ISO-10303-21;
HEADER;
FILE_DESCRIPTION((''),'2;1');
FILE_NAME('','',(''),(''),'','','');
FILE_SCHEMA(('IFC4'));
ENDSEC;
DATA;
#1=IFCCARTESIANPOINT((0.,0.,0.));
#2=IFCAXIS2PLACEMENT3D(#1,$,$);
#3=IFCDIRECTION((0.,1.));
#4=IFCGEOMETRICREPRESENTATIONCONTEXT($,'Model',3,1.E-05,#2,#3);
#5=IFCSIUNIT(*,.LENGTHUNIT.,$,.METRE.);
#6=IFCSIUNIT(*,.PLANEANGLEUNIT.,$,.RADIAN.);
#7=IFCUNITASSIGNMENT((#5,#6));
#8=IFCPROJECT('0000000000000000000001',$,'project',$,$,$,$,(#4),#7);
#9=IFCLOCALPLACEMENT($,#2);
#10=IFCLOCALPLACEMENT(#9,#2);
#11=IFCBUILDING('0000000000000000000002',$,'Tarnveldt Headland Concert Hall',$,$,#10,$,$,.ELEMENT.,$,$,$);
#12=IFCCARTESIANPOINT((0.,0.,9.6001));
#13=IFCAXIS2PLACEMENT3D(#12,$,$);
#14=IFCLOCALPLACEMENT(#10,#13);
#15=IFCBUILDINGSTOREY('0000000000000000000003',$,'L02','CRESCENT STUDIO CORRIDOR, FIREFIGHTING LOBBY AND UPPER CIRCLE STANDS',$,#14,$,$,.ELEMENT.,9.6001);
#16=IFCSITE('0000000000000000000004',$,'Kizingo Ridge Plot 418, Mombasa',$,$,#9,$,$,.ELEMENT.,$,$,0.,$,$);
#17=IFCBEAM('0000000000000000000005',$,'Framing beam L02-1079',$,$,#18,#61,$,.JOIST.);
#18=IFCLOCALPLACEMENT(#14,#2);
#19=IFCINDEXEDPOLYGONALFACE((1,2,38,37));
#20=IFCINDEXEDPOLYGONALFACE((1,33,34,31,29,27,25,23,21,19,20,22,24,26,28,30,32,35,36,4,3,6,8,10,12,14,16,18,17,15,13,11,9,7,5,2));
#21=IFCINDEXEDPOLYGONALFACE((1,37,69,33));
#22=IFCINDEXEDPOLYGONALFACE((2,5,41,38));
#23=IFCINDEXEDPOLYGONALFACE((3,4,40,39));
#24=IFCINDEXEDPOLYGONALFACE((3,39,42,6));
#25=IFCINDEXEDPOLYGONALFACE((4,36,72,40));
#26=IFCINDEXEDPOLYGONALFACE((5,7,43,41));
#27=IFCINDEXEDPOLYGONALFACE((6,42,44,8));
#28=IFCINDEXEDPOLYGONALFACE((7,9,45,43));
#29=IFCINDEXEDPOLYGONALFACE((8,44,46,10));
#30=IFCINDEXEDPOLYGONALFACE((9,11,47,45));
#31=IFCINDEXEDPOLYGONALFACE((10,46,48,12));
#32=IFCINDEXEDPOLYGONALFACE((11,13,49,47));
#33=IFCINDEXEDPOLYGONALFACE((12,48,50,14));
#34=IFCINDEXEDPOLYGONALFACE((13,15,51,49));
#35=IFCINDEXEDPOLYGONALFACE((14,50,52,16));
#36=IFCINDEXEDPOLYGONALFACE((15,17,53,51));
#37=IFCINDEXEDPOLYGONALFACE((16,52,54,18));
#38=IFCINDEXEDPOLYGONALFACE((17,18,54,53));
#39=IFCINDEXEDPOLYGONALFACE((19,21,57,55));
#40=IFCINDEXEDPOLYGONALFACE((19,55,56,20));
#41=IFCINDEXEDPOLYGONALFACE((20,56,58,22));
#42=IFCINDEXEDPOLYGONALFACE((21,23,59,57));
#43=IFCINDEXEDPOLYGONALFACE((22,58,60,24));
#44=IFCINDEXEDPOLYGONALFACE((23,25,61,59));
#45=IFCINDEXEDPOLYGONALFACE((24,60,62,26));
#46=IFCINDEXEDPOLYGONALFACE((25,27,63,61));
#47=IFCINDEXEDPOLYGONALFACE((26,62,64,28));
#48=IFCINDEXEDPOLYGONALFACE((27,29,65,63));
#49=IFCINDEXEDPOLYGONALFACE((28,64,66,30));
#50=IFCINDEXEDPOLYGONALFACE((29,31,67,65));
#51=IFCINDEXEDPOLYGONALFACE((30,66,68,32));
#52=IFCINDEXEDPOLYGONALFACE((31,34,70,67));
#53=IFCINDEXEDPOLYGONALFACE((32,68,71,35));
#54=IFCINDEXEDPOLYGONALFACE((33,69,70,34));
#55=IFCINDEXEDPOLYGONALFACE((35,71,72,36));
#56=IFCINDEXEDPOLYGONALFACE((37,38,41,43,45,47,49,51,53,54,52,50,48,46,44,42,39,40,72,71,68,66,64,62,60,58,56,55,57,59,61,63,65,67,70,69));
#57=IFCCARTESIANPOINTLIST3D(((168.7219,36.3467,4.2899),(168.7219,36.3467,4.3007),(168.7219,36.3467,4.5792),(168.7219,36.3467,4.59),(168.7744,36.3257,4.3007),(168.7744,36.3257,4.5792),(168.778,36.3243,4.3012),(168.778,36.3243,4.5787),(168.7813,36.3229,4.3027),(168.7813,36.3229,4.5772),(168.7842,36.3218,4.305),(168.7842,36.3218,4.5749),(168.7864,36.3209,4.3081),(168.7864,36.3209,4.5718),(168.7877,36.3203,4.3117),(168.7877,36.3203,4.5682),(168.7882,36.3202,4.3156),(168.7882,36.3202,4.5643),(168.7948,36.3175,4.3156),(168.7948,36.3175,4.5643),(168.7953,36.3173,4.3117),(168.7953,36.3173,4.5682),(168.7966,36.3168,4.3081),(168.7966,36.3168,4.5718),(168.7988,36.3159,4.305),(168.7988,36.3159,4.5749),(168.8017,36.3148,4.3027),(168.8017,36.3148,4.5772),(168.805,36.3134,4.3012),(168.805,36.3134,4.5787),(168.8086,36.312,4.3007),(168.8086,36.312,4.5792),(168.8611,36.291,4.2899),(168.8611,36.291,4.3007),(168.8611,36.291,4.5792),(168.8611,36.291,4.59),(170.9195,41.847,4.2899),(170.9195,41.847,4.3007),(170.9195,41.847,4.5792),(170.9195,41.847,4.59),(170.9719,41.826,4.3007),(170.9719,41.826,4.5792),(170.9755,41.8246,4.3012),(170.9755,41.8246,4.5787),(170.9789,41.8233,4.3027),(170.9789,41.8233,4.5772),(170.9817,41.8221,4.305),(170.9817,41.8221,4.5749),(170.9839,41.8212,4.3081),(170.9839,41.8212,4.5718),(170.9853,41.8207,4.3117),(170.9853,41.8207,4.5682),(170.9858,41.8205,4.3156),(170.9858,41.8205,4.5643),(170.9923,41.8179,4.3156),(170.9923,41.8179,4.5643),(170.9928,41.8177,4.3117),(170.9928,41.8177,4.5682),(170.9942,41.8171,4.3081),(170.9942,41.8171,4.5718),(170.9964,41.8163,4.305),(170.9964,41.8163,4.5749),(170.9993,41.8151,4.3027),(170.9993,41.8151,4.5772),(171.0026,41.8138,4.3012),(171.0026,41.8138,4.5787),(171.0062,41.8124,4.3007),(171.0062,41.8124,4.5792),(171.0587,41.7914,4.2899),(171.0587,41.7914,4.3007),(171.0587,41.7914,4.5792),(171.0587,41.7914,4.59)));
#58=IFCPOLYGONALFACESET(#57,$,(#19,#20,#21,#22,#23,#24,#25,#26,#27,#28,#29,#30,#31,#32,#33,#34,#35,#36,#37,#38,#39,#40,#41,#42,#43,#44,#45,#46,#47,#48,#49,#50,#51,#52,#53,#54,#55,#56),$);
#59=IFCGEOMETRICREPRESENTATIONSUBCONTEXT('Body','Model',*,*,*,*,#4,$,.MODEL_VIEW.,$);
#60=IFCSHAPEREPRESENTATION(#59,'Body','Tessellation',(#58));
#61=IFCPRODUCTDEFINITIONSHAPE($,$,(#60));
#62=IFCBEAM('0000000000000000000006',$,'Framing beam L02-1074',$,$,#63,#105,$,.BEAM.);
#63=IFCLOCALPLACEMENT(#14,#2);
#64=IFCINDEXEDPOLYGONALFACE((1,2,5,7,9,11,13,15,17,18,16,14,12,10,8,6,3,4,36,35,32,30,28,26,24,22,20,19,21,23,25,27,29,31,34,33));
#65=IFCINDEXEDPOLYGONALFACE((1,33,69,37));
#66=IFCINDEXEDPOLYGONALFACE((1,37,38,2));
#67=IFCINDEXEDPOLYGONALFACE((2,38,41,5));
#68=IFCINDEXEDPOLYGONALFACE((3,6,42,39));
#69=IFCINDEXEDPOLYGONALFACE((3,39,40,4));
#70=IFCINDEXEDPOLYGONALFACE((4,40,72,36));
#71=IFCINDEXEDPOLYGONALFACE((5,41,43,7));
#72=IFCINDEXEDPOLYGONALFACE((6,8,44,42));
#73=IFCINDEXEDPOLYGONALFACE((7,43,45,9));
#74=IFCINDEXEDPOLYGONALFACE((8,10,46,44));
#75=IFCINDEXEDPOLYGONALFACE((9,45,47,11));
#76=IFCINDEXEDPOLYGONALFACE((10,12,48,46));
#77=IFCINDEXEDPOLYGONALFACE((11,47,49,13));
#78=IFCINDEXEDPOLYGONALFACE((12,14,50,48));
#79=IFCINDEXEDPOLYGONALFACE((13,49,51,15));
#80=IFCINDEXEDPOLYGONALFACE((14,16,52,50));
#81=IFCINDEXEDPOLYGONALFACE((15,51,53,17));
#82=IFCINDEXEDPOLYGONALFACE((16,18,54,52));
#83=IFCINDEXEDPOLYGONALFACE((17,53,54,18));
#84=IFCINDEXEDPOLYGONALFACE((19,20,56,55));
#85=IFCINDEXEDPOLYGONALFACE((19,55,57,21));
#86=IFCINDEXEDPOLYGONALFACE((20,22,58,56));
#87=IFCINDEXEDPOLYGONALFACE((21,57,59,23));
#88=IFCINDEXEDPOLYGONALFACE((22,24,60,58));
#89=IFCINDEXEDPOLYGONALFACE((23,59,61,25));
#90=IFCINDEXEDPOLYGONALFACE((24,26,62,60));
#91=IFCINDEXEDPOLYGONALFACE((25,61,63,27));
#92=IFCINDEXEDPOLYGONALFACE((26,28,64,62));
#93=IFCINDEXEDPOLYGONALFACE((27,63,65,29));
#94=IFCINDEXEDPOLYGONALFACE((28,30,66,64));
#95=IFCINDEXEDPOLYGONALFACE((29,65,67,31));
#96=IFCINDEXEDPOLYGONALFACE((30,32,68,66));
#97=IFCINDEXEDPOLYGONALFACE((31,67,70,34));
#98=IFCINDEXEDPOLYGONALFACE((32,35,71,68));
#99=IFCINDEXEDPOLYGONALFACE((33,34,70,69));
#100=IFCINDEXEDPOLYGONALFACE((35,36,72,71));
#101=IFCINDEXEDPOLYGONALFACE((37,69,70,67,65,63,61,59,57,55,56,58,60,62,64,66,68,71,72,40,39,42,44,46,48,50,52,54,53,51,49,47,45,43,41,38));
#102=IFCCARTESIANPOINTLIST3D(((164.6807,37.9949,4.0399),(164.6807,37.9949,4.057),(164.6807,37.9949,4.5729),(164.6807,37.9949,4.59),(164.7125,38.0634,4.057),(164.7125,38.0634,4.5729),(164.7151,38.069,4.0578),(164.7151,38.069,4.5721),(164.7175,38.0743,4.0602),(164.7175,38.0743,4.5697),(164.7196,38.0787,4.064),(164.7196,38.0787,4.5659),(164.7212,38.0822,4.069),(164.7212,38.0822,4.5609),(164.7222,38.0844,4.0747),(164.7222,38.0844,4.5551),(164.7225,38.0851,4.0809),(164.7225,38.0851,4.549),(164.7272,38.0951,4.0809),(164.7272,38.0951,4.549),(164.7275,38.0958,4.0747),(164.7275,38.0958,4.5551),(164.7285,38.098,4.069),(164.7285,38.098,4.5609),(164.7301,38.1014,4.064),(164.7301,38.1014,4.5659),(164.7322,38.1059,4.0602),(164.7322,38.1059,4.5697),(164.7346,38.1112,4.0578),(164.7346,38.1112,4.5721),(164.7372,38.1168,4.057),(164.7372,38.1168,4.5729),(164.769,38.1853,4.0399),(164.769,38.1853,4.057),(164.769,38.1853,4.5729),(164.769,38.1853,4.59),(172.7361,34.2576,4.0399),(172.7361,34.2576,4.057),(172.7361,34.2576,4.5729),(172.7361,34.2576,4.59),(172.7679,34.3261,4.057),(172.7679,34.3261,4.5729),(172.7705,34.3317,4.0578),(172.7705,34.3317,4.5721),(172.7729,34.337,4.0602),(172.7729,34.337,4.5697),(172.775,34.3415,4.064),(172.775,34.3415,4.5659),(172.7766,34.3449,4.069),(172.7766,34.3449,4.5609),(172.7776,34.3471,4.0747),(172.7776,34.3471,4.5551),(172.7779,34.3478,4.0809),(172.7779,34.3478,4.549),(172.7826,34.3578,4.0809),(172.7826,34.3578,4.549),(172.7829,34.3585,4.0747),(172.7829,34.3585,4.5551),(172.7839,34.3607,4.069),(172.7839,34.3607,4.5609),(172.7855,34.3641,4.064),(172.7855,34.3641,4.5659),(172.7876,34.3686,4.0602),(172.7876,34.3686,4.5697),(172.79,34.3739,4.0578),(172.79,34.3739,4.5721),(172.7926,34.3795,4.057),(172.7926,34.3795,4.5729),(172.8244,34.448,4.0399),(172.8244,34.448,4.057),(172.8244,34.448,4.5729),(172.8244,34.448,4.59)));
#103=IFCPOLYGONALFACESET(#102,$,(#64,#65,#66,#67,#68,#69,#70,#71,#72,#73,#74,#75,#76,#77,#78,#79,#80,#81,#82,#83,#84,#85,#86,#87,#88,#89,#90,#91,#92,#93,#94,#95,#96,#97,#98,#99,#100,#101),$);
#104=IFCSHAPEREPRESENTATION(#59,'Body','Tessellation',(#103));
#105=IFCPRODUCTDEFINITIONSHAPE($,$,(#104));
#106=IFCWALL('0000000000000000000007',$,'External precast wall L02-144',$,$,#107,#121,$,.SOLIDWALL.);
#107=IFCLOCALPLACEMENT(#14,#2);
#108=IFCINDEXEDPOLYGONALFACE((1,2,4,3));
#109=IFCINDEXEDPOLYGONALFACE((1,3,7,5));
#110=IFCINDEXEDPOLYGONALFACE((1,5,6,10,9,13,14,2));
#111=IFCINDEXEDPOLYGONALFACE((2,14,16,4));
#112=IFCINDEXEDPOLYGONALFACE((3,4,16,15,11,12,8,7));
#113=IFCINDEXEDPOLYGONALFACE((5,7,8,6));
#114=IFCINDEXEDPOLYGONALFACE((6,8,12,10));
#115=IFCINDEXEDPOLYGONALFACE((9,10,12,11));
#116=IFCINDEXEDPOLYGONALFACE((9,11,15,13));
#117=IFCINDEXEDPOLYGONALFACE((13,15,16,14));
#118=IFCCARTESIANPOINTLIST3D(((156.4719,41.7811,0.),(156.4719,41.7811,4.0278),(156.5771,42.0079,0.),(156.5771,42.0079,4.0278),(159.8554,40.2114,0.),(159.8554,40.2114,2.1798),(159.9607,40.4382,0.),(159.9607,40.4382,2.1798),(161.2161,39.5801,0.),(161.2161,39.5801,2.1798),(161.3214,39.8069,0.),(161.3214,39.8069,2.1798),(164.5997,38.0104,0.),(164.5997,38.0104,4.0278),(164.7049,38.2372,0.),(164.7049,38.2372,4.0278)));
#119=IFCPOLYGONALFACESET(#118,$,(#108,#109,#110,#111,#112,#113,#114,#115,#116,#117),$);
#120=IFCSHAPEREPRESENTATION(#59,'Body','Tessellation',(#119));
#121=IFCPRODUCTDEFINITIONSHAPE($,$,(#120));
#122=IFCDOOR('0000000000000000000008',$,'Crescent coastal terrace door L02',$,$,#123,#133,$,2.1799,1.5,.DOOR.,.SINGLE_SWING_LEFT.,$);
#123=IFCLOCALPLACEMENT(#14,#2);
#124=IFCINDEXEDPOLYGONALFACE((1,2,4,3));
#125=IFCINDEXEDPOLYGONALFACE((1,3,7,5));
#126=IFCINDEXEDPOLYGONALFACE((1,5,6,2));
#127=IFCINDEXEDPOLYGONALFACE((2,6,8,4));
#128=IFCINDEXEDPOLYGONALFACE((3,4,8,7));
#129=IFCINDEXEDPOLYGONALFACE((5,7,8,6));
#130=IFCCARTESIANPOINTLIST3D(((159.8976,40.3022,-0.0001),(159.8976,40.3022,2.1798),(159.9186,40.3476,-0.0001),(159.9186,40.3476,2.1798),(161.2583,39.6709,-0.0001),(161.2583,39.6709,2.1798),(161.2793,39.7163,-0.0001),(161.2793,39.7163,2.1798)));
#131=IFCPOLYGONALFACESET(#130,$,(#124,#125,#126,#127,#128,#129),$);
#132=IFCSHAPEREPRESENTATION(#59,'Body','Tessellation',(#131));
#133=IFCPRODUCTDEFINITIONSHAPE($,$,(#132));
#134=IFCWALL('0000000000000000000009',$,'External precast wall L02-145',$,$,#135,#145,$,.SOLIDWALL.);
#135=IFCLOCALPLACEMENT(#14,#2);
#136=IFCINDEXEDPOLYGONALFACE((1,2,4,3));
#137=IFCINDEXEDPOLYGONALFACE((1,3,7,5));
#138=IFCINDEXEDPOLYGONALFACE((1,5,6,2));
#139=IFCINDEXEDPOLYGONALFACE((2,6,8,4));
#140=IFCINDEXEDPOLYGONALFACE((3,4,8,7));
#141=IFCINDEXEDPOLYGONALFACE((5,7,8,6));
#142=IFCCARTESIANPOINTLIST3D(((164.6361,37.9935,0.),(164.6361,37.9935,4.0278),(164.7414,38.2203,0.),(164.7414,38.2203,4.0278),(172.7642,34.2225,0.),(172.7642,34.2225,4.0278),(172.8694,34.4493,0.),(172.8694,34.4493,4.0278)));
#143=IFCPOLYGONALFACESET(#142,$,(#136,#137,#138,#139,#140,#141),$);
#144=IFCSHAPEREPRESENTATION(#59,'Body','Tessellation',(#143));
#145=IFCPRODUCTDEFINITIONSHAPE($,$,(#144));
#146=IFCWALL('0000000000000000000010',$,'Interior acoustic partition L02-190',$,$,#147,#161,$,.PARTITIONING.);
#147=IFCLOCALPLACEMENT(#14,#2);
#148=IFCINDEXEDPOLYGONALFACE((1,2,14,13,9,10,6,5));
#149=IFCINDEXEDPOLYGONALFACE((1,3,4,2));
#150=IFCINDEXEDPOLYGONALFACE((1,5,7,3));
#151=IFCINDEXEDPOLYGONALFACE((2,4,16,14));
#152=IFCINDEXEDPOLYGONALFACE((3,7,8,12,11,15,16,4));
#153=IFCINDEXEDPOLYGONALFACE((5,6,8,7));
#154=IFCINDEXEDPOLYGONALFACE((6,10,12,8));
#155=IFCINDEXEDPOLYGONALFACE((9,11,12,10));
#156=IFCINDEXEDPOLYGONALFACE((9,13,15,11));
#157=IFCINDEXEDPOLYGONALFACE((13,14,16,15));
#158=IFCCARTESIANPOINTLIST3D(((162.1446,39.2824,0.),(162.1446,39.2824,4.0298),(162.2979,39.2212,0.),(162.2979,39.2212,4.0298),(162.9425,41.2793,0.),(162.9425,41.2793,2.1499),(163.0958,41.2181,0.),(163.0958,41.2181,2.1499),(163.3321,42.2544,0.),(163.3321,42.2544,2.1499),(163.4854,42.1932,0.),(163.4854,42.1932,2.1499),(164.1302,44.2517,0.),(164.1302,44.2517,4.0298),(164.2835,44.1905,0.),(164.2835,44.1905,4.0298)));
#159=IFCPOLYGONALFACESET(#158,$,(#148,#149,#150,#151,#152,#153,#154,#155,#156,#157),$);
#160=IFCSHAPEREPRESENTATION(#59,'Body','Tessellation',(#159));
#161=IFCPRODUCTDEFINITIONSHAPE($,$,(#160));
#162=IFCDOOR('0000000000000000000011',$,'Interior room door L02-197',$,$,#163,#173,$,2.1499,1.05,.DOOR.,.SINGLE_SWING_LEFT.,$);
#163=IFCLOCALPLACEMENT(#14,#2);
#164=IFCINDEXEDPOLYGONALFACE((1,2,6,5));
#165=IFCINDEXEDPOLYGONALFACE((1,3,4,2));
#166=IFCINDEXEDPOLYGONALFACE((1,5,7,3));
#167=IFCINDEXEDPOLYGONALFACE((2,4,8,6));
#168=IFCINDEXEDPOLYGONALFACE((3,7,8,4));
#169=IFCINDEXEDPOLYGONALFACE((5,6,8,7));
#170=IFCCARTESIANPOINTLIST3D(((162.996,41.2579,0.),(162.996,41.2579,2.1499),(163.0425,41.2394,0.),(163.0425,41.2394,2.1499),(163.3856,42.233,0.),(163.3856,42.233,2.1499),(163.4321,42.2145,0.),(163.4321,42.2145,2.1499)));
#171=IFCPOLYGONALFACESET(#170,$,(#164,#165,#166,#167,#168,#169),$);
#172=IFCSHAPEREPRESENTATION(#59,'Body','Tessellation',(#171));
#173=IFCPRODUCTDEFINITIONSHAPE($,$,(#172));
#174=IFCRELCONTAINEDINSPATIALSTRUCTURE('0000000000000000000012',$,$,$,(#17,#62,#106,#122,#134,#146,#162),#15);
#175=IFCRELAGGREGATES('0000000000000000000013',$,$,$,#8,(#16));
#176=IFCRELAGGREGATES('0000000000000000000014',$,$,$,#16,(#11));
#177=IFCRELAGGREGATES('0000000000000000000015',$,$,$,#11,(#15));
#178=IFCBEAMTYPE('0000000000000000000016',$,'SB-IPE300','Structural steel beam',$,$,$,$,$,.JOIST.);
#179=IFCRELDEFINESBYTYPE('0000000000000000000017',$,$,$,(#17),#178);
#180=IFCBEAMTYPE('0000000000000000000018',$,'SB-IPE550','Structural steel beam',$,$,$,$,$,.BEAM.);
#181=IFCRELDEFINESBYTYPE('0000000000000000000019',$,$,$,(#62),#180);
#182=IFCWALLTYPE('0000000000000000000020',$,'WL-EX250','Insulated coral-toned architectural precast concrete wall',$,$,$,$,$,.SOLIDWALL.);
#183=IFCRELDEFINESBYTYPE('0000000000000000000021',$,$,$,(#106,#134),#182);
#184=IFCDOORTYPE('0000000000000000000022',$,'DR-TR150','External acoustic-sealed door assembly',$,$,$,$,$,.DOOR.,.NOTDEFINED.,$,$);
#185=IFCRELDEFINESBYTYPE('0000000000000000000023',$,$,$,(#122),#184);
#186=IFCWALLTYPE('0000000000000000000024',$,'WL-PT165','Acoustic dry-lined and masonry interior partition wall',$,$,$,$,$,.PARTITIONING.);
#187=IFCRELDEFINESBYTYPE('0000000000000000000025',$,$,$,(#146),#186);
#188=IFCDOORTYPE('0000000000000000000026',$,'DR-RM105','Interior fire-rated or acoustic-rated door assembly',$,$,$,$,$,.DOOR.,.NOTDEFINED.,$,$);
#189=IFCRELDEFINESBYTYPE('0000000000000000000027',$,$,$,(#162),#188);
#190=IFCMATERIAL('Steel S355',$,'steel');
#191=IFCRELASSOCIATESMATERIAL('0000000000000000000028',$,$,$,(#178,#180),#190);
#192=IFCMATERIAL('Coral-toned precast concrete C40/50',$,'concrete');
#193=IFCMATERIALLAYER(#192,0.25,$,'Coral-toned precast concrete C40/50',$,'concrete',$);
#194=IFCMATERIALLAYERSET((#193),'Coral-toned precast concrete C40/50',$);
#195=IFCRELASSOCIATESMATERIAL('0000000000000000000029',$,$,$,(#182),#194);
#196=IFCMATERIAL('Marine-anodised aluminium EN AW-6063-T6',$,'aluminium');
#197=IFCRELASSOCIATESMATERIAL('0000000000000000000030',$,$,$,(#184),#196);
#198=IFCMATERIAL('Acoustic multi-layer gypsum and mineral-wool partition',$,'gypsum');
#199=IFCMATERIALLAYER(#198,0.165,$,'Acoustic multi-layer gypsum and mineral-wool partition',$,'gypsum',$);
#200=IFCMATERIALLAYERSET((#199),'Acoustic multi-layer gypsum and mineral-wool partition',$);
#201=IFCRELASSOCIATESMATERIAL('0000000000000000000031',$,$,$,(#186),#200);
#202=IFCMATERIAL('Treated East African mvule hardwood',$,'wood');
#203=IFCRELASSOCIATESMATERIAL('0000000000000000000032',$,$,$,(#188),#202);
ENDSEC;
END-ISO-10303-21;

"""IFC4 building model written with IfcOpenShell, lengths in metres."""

from ifc_helpers import new_model, si_unit, direction, frame, frame_2d, origin, origin_2d, place, context, subcontext, project, spatial, rectangle, i_section, extrude, material, layer, layer_set, material_profile, profile_set, type_object, element, fill, save


model = new_model("IFC4")

# Units and contexts
model_context = context("Model", 3, precision=1e-05, world=origin(), true_north=direction((0.0, 1.0)))
body_context = subcontext(model_context, "Body", "Model", "MODEL_VIEW")
ifc_project = project(units=[si_unit("LENGTHUNIT", "METRE"), si_unit("PLANEANGLEUNIT", "RADIAN")], contexts=[model_context])

# Site, building, storey
site_placement = place(None, origin())
site = spatial("IfcSite", under=ifc_project, at=site_placement, Name="Kizingo Ridge Plot 418, Mombasa", CompositionType="ELEMENT", RefElevation=0.0)
building_placement = place(site_placement, origin())
building = spatial("IfcBuilding", under=site, at=building_placement, Name="Tarnveldt Headland Concert Hall", CompositionType="ELEMENT")
storey_placement = place(building_placement, frame((0.0, 0.0, 9.6001)))
storey = spatial("IfcBuildingStorey", under=building, at=storey_placement, Name="L02", Description="CRESCENT STUDIO CORRIDOR, FIREFIGHTING LOBBY AND UPPER CIRCLE STANDS", CompositionType="ELEMENT", Elevation=9.6001)

# Shared definitions
ifc_material_1 = material(Name="Steel S355", Category="steel")

# Beams
ifc_material_profile_1 = material_profile(ifc_material_1, i_section(OverallWidth=0.1499, OverallDepth=0.3, WebThickness=0.0071, FlangeThickness=0.0107, FilletRadius=0.0149, at=origin_2d()), Name="IPE300", Category="steel")
ifc_profile_set_1 = profile_set([ifc_material_profile_1], Name="Steel S355")
beam_type_1 = type_object("IfcBeamType", Name="SB-IPE300", Description="Structural steel beam", PredefinedType="JOIST", material=ifc_profile_set_1)
beam_1_placement = place(storey_placement, frame((168.7915, 36.3188, 4.4399), z_axis=(0.371014, 0.928627, 0.0), x_axis=(-0.928627, 0.371014, 0.0)))
element("IfcBeam", 1, at=beam_1_placement, inside=storey, type_object=beam_type_1, Name="Framing beam L02-1079", PredefinedType="JOIST", context=body_context, shape_type="SweptSolid", body=[
    extrude(i_section(OverallWidth=0.1499, OverallDepth=0.3, WebThickness=0.0071, FlangeThickness=0.0107, FilletRadius=0.0149, at=origin_2d()), origin(), (0.0, 0.0, 1.0), 5.9231),
])
ifc_material_profile_2 = material_profile(ifc_material_1, i_section(OverallWidth=0.21, OverallDepth=0.55, WebThickness=0.011, FlangeThickness=0.0171, FilletRadius=0.0239, at=origin_2d()), Name="IPE550", Category="steel")
ifc_profile_set_2 = profile_set([ifc_material_profile_2], Name="Steel S355")
beam_type_2 = type_object("IfcBeamType", Name="SB-IPE550", Description="Structural steel beam", PredefinedType="BEAM", material=ifc_profile_set_2)
beam_2_placement = place(storey_placement, frame((164.7249, 38.0901, 4.3149), z_axis=(0.907126, -0.42086, 0.0), x_axis=(0.42086, 0.907126, 0.0)))
element("IfcBeam", 2, at=beam_2_placement, inside=storey, type_object=beam_type_2, Name="Framing beam L02-1074", PredefinedType="BEAM", context=body_context, shape_type="SweptSolid", body=[
    extrude(i_section(OverallWidth=0.21, OverallDepth=0.55, WebThickness=0.011, FlangeThickness=0.0171, FilletRadius=0.0239, at=origin_2d()), origin(), (0.0, 0.0, 1.0), 8.8801),
])

# Wall, opening, door
ifc_material_2 = material(Name="Coral-toned precast concrete C40/50", Category="concrete")
ifc_layer_1 = layer(ifc_material_2, 0.25, Name="Coral-toned precast concrete C40/50", Category="concrete")
ifc_layer_set_1 = layer_set([ifc_layer_1], Name="Coral-toned precast concrete C40/50")
wall_type_1 = type_object("IfcWallType", Name="WL-EX250", Description="Insulated coral-toned architectural precast concrete wall", PredefinedType="SOLIDWALL", material=ifc_layer_set_1)
wall_1_placement = place(storey_placement, frame((164.6523, 38.1238, 0.0), z_axis=(0.0, 0.0, 1.0), x_axis=(-0.907134, 0.420842, 0.0)))
wall_1 = element("IfcWall", 3, at=wall_1_placement, inside=storey, type_object=wall_type_1, Name="External precast wall L02-144", PredefinedType="SOLIDWALL", context=body_context, shape_type="SweptSolid", body=[
    extrude(rectangle(XDim=8.96, YDim=0.25, at=frame_2d((4.48, 0.0))), origin(), (0.0, 0.0, 1.0), 4.0278),
])
opening_1_placement = place(wall_1_placement, frame((3.73, 0.0, 0.0)))
opening_1 = element("IfcOpeningElement", 4, at=opening_1_placement, cuts=wall_1, PredefinedType="OPENING", context=body_context, shape_type="SweptSolid", body=[
    extrude(rectangle(XDim=1.5, YDim=2.1799, at=frame_2d((0.75, 1.0898))), frame((0.0, 0.135, 0.0), z_axis=(0.0, -1.0, 0.0), x_axis=(1.0, 0.0, 0.0)), (0.0, 0.0, 1.0), 0.27),
])
ifc_material_3 = material(Name="Marine-anodised aluminium EN AW-6063-T6", Category="aluminium")
door_type_1 = type_object("IfcDoorType", Name="DR-TR150", Description="External acoustic-sealed door assembly", OperationType="NOTDEFINED", PredefinedType="DOOR", material=ifc_material_3)
door_1_placement = place(opening_1_placement, origin())
door_1 = element("IfcDoor", 5, at=door_1_placement, inside=storey, type_object=door_type_1, Name="Crescent coastal terrace door L02", OperationType="SINGLE_SWING_LEFT", OverallHeight=2.1799, OverallWidth=1.5, PredefinedType="DOOR", context=body_context, shape_type="SweptSolid", body=[
    extrude(rectangle(XDim=1.5, YDim=2.1799, at=frame_2d((0.75, 1.0898))), frame((0.0, 0.0249, 0.0), z_axis=(0.0, -1.0, 0.0), x_axis=(1.0, 0.0, 0.0)), (0.0, 0.0, 1.0), 0.05),
])
fill(opening_1, door_1)

# Wall
wall_2_placement = place(storey_placement, frame((172.8167, 34.3359, 0.0), z_axis=(0.0, 0.0, 1.0), x_axis=(-0.907123, 0.420865, 0.0)))
element("IfcWall", 6, at=wall_2_placement, inside=storey, type_object=wall_type_1, Name="External precast wall L02-145", PredefinedType="SOLIDWALL", context=body_context, shape_type="SweptSolid", body=[
    extrude(rectangle(XDim=8.9602, YDim=0.25, at=frame_2d((4.48, 0.0))), origin(), (0.0, 0.0, 1.0), 4.0278),
])

# Wall, opening, door
ifc_material_4 = material(Name="Acoustic multi-layer gypsum and mineral-wool partition", Category="gypsum")
ifc_layer_2 = layer(ifc_material_4, 0.165, Name="Acoustic multi-layer gypsum and mineral-wool partition", Category="gypsum")
ifc_layer_set_2 = layer_set([ifc_layer_2], Name="Acoustic multi-layer gypsum and mineral-wool partition")
wall_type_2 = type_object("IfcWallType", Name="WL-PT165", Description="Acoustic dry-lined and masonry interior partition wall", PredefinedType="PARTITIONING", material=ifc_layer_set_2)
wall_3_placement = place(storey_placement, frame((162.2212, 39.2517, 0.0), z_axis=(0.0, 0.0, 1.0), x_axis=(0.371052, 0.928612, 0.0)))
wall_3 = element("IfcWall", 7, at=wall_3_placement, inside=storey, type_object=wall_type_2, Name="Interior acoustic partition L02-190", PredefinedType="PARTITIONING", context=body_context, shape_type="SweptSolid", body=[
    extrude(rectangle(XDim=5.3513, YDim=0.165, at=frame_2d((2.6758, 0.0))), origin(), (0.0, 0.0, 1.0), 4.0298),
])
opening_2_placement = place(wall_3_placement, frame((2.1506, 0.0, 0.0)))
opening_2 = element("IfcOpeningElement", 8, at=opening_2_placement, cuts=wall_3, PredefinedType="OPENING", context=body_context, shape_type="SweptSolid", body=[
    extrude(rectangle(XDim=1.05, YDim=2.1499, at=frame_2d((0.5249, 1.075))), frame((0.0, 0.0925, 0.0), z_axis=(0.0, -1.0, 0.0), x_axis=(1.0, 0.0, 0.0)), (0.0, 0.0, 1.0), 0.1851),
])
ifc_material_5 = material(Name="Treated East African mvule hardwood", Category="wood")
door_type_2 = type_object("IfcDoorType", Name="DR-RM105", Description="Interior fire-rated or acoustic-rated door assembly", OperationType="NOTDEFINED", PredefinedType="DOOR", material=ifc_material_5)
door_2_placement = place(opening_2_placement, origin())
door_2 = element("IfcDoor", 9, at=door_2_placement, inside=storey, type_object=door_type_2, Name="Interior room door L02-197", OperationType="SINGLE_SWING_LEFT", OverallHeight=2.1499, OverallWidth=1.05, PredefinedType="DOOR", context=body_context, shape_type="SweptSolid", body=[
    extrude(rectangle(XDim=1.05, YDim=2.1499, at=frame_2d((0.5249, 1.075))), frame((0.0, 0.0249, 0.0), z_axis=(0.0, -1.0, 0.0), x_axis=(1.0, 0.0, 0.0)), (0.0, 0.0, 1.0), 0.05),
])
fill(opening_2, door_2)

save(model, "model.ifc")
